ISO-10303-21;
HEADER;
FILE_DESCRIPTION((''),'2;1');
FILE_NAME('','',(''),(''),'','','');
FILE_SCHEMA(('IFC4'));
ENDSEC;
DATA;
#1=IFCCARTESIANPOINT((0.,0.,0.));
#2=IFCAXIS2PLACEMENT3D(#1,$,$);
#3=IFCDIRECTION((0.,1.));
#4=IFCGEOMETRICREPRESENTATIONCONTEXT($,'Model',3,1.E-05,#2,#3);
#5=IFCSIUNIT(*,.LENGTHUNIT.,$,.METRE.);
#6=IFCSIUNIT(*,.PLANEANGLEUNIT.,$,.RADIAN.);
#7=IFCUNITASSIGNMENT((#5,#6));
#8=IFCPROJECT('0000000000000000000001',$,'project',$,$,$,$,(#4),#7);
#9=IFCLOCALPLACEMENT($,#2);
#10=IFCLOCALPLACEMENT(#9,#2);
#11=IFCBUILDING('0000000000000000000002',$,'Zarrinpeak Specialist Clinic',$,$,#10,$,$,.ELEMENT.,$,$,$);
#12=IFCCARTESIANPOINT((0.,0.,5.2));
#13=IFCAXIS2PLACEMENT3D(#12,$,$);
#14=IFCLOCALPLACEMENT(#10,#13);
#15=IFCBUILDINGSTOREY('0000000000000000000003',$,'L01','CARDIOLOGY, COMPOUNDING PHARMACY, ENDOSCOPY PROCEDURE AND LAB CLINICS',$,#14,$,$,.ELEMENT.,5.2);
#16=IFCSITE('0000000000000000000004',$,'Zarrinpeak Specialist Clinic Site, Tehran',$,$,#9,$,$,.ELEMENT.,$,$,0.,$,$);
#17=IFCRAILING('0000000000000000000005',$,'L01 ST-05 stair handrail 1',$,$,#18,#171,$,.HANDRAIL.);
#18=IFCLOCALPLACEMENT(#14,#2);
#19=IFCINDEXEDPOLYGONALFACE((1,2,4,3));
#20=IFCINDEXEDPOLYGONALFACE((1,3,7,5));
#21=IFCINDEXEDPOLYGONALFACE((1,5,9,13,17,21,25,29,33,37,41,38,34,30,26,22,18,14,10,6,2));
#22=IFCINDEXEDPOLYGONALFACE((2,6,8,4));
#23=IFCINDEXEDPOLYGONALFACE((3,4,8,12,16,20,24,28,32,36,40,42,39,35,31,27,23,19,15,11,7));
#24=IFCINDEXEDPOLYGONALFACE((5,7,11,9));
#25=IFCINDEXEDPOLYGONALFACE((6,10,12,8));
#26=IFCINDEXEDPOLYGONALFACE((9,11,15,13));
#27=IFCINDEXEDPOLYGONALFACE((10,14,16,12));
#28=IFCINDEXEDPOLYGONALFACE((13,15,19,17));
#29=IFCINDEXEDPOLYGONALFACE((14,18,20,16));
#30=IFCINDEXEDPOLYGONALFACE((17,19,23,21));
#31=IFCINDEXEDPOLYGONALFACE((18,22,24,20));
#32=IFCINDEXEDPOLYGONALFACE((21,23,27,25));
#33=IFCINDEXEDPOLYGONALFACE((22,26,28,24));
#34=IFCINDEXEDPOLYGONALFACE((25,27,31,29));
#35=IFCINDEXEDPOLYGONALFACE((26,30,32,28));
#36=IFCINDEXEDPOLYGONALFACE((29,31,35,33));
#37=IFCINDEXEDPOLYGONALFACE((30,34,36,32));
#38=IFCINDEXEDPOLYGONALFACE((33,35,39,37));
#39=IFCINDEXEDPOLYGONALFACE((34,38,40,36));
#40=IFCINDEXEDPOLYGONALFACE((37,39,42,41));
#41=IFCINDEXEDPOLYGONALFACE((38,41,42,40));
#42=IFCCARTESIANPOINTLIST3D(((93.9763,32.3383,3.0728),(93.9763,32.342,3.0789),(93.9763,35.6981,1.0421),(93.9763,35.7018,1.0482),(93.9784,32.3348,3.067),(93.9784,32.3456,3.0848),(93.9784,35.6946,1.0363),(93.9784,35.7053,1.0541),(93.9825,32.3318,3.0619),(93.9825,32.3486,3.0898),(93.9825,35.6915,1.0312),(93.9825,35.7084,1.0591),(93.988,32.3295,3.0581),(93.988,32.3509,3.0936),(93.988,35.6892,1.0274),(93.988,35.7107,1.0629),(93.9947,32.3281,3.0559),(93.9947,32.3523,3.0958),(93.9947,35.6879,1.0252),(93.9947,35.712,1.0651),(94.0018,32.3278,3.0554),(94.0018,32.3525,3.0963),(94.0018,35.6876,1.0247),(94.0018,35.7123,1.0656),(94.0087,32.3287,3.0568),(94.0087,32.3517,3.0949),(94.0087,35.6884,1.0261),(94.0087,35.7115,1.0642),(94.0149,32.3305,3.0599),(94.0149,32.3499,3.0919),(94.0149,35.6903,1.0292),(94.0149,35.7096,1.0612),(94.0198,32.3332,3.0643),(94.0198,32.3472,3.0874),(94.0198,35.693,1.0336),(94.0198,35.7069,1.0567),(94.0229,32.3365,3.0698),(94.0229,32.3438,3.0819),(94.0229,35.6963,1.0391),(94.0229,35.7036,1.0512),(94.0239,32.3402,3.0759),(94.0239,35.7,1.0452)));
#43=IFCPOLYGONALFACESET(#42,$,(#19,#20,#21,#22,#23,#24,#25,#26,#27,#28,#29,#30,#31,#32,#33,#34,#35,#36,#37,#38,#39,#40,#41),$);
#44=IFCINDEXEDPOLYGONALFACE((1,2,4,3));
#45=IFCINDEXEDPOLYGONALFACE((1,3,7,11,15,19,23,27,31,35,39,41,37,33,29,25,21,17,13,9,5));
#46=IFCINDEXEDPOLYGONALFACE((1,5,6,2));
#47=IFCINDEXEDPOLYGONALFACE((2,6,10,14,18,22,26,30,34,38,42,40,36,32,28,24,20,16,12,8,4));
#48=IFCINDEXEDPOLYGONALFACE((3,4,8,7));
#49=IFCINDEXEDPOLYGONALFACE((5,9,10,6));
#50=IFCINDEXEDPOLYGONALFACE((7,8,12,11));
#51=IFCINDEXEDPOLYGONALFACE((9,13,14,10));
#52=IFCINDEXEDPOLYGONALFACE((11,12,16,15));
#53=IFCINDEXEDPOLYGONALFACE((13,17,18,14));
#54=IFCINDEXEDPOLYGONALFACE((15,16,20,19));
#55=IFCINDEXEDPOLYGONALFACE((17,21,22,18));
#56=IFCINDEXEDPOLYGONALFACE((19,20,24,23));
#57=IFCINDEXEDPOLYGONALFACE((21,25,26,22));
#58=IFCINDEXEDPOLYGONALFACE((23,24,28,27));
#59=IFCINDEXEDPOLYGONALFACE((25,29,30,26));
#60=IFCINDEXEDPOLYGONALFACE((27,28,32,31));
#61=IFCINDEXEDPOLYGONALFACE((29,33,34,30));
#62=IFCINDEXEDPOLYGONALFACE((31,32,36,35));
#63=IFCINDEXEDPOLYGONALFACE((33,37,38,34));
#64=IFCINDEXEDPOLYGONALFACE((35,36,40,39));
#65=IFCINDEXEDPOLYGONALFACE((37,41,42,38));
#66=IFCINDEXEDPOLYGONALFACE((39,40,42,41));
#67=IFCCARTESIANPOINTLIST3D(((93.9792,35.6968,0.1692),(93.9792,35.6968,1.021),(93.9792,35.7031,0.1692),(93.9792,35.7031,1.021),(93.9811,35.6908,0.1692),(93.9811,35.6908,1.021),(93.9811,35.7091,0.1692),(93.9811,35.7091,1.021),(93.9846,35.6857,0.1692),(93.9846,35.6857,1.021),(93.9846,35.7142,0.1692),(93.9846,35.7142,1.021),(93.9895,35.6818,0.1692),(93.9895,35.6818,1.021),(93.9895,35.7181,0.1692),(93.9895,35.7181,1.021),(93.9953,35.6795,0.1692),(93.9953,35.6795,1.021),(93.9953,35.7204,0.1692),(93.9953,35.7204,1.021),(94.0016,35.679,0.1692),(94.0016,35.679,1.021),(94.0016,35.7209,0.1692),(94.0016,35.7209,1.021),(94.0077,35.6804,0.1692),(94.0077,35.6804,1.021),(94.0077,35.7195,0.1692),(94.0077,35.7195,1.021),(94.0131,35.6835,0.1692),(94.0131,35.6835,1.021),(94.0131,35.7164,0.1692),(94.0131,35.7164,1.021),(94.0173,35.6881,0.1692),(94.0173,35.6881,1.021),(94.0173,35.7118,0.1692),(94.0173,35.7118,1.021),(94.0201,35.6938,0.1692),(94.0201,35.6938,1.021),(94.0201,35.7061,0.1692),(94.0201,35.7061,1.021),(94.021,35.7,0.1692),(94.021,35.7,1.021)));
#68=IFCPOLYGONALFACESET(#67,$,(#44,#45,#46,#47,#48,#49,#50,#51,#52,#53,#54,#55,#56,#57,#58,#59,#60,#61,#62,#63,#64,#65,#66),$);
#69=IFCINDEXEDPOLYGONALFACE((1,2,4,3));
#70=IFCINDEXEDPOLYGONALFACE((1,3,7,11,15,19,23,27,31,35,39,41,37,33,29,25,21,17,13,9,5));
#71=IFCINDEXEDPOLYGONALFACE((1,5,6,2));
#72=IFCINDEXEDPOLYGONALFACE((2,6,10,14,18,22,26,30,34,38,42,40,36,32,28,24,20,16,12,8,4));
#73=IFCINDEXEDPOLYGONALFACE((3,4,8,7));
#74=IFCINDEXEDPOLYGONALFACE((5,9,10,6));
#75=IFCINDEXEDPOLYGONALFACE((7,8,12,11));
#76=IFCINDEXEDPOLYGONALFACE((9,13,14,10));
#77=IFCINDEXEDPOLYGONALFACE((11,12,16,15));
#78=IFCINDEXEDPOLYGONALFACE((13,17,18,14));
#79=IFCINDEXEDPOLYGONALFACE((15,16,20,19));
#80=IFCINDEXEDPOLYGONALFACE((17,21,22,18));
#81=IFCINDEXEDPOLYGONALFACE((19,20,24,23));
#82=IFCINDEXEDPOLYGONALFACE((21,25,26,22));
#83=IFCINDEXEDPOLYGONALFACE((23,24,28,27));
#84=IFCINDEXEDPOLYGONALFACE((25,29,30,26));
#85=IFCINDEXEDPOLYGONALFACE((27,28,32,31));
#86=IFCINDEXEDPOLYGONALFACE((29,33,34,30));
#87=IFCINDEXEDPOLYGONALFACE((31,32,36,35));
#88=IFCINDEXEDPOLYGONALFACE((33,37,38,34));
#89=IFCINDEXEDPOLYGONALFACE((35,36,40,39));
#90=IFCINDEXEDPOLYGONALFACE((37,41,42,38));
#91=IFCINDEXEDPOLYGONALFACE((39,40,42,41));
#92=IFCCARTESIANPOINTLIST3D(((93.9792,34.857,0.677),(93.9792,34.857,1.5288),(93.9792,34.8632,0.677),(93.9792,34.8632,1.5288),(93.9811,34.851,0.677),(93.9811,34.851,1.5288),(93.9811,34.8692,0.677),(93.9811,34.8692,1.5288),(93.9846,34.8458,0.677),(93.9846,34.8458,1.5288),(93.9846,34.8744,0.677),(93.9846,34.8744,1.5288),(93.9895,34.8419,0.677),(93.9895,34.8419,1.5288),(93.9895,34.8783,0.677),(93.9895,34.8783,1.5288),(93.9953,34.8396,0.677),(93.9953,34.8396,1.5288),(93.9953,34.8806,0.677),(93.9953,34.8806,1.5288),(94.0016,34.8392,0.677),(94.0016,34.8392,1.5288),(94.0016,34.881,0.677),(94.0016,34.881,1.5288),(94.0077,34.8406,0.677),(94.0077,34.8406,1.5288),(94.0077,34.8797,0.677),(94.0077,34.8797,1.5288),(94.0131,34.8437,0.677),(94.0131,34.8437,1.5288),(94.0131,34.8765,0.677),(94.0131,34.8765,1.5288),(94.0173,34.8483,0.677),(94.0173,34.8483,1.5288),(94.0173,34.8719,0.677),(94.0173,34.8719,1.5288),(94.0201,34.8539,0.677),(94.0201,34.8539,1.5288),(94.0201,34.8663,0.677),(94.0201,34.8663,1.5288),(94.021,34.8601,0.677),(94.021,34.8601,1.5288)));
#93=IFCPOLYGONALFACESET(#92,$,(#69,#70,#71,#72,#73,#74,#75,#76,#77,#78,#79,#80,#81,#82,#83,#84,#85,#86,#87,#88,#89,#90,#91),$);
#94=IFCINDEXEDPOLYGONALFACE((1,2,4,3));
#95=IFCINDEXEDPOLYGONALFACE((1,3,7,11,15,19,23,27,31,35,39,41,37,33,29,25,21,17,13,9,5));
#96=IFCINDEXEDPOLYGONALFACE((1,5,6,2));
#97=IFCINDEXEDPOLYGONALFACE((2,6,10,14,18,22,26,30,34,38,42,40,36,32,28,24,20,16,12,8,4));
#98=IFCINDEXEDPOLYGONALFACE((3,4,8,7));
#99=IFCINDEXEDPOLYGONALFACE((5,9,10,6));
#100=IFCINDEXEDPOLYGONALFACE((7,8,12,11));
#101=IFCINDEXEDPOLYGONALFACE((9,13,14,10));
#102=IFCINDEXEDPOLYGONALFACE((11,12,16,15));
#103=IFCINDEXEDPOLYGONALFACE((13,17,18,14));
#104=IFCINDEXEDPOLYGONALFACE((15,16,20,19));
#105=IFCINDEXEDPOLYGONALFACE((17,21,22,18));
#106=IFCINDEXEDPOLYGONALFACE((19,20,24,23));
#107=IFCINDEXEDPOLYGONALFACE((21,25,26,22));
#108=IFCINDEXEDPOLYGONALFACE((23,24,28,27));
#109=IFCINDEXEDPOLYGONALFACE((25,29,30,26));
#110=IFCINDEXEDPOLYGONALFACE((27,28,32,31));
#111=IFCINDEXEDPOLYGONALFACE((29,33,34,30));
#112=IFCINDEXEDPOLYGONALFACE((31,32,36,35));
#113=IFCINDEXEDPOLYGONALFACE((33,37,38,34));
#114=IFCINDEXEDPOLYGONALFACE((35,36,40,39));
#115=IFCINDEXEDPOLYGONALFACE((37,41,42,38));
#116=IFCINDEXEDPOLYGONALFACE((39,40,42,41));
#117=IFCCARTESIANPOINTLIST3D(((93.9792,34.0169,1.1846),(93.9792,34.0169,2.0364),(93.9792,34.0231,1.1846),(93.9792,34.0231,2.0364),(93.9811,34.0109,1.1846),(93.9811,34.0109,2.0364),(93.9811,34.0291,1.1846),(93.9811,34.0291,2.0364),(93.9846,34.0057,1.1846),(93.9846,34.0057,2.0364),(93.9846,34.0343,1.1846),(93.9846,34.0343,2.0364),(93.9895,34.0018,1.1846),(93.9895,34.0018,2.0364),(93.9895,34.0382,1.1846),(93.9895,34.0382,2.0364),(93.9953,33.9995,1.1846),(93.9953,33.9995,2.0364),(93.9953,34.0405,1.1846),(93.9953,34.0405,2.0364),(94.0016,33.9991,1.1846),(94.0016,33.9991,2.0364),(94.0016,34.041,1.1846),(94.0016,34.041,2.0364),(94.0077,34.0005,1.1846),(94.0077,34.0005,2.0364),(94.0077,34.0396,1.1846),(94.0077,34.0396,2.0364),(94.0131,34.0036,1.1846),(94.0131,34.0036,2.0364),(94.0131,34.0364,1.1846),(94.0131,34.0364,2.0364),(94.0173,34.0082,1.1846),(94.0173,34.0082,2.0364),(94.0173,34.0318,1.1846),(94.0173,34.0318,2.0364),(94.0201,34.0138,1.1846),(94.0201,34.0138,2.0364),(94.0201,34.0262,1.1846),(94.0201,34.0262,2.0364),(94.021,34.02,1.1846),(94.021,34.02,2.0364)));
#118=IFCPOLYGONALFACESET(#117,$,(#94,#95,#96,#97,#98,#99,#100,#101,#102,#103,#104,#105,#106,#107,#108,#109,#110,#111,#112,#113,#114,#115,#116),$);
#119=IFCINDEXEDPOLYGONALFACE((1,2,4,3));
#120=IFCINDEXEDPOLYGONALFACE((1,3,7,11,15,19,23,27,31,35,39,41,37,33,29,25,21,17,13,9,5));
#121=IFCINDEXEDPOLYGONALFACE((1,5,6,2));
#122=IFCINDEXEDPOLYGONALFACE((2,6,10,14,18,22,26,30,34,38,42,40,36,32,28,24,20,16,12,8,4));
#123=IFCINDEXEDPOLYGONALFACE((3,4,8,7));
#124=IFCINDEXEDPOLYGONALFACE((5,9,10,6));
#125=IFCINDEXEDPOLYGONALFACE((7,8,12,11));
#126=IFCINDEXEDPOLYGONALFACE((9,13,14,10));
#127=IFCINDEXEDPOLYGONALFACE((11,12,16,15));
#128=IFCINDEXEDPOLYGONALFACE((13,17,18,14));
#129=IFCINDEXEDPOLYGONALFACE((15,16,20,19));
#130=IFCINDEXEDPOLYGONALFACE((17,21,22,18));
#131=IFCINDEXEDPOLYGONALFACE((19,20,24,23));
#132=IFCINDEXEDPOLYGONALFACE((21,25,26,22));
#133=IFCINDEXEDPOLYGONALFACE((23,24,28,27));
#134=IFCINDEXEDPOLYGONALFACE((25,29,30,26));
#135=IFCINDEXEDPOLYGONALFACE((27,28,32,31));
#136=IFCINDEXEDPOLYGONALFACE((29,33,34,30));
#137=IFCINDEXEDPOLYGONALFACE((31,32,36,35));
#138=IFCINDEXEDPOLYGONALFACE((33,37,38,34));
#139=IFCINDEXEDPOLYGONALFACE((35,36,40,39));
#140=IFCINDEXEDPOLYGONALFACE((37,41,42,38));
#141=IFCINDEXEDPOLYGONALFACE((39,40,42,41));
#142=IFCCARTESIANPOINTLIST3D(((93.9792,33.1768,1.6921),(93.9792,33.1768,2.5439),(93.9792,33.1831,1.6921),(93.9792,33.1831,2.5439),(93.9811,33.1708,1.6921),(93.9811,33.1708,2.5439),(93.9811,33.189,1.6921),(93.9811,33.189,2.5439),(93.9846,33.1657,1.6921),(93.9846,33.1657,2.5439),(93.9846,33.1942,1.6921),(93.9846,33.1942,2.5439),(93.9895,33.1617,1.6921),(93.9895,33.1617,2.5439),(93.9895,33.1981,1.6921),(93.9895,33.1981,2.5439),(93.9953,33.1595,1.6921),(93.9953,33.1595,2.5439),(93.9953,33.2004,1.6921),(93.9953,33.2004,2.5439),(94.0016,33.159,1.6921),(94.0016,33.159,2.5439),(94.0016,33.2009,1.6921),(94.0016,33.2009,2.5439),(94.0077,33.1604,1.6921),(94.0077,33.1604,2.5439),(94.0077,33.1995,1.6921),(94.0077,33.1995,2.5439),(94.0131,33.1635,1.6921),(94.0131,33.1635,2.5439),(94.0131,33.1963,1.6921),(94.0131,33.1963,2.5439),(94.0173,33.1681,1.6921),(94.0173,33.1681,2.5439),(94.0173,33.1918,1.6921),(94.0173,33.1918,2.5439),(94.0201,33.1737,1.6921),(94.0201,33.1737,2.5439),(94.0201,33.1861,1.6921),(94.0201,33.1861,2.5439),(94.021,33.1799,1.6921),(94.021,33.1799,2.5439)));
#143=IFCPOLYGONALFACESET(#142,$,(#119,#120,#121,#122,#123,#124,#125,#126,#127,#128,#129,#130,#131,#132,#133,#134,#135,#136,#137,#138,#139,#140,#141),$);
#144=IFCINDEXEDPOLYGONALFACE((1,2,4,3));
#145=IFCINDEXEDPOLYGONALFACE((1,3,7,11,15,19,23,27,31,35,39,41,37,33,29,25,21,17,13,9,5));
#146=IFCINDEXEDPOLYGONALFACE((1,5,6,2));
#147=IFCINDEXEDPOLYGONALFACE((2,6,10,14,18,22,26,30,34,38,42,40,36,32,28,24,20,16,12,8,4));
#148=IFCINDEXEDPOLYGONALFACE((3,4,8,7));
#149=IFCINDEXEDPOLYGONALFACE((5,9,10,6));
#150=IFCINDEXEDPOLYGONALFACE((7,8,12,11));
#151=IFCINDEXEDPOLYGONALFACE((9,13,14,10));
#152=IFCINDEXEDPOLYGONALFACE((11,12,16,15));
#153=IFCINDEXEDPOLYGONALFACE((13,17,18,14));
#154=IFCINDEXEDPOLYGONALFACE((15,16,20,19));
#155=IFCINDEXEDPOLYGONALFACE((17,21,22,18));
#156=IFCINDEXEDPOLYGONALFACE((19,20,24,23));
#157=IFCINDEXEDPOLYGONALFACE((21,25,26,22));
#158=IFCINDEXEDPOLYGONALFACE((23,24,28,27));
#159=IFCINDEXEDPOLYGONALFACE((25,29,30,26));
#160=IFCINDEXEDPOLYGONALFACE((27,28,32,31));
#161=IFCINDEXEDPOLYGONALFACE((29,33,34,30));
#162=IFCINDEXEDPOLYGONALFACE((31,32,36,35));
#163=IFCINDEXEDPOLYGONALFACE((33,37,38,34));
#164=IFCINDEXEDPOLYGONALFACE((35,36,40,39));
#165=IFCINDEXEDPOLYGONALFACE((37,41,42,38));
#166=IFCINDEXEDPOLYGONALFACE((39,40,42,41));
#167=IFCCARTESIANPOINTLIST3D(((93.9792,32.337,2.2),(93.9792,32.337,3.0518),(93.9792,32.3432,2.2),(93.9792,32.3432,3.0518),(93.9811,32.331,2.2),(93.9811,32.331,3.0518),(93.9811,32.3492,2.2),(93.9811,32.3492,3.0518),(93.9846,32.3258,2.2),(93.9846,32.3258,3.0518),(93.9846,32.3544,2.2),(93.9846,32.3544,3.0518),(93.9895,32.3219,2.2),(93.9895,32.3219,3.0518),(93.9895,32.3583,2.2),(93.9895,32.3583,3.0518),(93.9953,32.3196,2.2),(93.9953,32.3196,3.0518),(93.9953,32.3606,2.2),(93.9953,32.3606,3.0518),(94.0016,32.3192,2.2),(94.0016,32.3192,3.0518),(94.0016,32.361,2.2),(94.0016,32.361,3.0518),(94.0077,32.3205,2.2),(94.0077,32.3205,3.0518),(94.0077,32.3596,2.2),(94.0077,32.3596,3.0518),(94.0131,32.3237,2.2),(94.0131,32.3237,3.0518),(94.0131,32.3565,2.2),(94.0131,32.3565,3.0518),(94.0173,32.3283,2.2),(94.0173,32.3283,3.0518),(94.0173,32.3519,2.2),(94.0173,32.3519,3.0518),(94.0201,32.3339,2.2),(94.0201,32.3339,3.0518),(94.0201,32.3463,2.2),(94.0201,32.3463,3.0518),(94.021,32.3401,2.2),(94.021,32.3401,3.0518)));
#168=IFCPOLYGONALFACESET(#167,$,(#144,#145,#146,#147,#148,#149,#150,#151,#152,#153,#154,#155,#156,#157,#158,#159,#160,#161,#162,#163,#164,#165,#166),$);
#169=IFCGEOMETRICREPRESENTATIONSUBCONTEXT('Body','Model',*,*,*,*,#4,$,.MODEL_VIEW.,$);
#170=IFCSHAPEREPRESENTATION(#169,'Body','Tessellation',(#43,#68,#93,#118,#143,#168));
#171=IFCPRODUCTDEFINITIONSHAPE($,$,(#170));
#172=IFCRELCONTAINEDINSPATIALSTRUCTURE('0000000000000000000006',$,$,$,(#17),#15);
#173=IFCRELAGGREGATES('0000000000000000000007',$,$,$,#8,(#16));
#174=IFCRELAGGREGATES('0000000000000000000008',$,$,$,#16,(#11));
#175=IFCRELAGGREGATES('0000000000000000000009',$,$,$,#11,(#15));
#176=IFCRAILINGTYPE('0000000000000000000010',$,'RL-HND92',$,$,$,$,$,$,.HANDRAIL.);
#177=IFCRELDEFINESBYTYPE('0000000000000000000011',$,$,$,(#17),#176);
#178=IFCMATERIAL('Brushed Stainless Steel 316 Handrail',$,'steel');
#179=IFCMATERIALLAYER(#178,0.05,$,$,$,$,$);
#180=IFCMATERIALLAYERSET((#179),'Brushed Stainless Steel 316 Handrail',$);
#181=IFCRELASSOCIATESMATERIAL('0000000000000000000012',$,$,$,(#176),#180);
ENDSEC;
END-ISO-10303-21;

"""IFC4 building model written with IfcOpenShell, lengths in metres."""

from ifc_helpers import new_model, si_unit, direction, frame, origin, origin_2d, place, context, subcontext, project, spatial, circle, extrude, material, layer, layer_set, type_object, element, save


model = new_model("IFC4")

# Units and contexts
model_context = context("Model", 3, precision=1e-05, world=origin(), true_north=direction((0.0, 1.0)))
body_context = subcontext(model_context, "Body", "Model", "MODEL_VIEW")
ifc_project = project(units=[si_unit("LENGTHUNIT", "METRE"), si_unit("PLANEANGLEUNIT", "RADIAN")], contexts=[model_context])

# Site, building, storey
site_placement = place(None, origin())
site = spatial("IfcSite", under=ifc_project, at=site_placement, Name="Zarrinpeak Specialist Clinic Site, Tehran", CompositionType="ELEMENT", RefElevation=0.0)
building_placement = place(site_placement, origin())
building = spatial("IfcBuilding", under=site, at=building_placement, Name="Zarrinpeak Specialist Clinic", CompositionType="ELEMENT")
storey_placement = place(building_placement, frame((0.0, 0.0, 5.2)))
storey = spatial("IfcBuildingStorey", under=building, at=storey_placement, Name="L01", Description="CARDIOLOGY, COMPOUNDING PHARMACY, ENDOSCOPY PROCEDURE AND LAB CLINICS", CompositionType="ELEMENT", Elevation=5.2)

# Railing
ifc_material_1 = material(Name="Brushed Stainless Steel 316 Handrail", Category="steel")
ifc_layer_1 = layer(ifc_material_1, 0.05)
ifc_layer_set_1 = layer_set([ifc_layer_1], Name="Brushed Stainless Steel 316 Handrail")
railing_type_1 = type_object("IfcRailingType", Name="RL-HND92", PredefinedType="HANDRAIL", material=ifc_layer_set_1)
railing_1_placement = place(storey_placement, frame((94.0, 35.7, 0.1692)))
element("IfcRailing", 1, at=railing_1_placement, inside=storey, type_object=railing_type_1, Name="L01 ST-05 stair handrail 1", PredefinedType="HANDRAIL", context=body_context, shape_type="SweptSolid", body=[
    extrude(circle(Radius=0.0239, at=origin_2d()), frame((0.0, 0.0, 0.876), z_axis=(0.0, -0.85582, 0.517273), x_axis=(1.0, 0.0, 0.0)), (0.0, 0.0, 1.0), 3.9258),
    extrude(circle(Radius=0.021, at=origin_2d()), origin(), (0.0, 0.0, 1.0), 0.8518),
    extrude(circle(Radius=0.021, at=origin_2d()), frame((0.0, -0.8398, 0.5078)), (0.0, 0.0, 1.0), 0.8518),
    extrude(circle(Radius=0.021, at=origin_2d()), frame((0.0, -1.6799, 1.0154)), (0.0, 0.0, 1.0), 0.8518),
    extrude(circle(Radius=0.021, at=origin_2d()), frame((0.0, -2.52, 1.5229)), (0.0, 0.0, 1.0), 0.8518),
    extrude(circle(Radius=0.021, at=origin_2d()), frame((0.0, -3.3599, 2.0308)), (0.0, 0.0, 1.0), 0.8518),
])

save(model, "model.ifc")
